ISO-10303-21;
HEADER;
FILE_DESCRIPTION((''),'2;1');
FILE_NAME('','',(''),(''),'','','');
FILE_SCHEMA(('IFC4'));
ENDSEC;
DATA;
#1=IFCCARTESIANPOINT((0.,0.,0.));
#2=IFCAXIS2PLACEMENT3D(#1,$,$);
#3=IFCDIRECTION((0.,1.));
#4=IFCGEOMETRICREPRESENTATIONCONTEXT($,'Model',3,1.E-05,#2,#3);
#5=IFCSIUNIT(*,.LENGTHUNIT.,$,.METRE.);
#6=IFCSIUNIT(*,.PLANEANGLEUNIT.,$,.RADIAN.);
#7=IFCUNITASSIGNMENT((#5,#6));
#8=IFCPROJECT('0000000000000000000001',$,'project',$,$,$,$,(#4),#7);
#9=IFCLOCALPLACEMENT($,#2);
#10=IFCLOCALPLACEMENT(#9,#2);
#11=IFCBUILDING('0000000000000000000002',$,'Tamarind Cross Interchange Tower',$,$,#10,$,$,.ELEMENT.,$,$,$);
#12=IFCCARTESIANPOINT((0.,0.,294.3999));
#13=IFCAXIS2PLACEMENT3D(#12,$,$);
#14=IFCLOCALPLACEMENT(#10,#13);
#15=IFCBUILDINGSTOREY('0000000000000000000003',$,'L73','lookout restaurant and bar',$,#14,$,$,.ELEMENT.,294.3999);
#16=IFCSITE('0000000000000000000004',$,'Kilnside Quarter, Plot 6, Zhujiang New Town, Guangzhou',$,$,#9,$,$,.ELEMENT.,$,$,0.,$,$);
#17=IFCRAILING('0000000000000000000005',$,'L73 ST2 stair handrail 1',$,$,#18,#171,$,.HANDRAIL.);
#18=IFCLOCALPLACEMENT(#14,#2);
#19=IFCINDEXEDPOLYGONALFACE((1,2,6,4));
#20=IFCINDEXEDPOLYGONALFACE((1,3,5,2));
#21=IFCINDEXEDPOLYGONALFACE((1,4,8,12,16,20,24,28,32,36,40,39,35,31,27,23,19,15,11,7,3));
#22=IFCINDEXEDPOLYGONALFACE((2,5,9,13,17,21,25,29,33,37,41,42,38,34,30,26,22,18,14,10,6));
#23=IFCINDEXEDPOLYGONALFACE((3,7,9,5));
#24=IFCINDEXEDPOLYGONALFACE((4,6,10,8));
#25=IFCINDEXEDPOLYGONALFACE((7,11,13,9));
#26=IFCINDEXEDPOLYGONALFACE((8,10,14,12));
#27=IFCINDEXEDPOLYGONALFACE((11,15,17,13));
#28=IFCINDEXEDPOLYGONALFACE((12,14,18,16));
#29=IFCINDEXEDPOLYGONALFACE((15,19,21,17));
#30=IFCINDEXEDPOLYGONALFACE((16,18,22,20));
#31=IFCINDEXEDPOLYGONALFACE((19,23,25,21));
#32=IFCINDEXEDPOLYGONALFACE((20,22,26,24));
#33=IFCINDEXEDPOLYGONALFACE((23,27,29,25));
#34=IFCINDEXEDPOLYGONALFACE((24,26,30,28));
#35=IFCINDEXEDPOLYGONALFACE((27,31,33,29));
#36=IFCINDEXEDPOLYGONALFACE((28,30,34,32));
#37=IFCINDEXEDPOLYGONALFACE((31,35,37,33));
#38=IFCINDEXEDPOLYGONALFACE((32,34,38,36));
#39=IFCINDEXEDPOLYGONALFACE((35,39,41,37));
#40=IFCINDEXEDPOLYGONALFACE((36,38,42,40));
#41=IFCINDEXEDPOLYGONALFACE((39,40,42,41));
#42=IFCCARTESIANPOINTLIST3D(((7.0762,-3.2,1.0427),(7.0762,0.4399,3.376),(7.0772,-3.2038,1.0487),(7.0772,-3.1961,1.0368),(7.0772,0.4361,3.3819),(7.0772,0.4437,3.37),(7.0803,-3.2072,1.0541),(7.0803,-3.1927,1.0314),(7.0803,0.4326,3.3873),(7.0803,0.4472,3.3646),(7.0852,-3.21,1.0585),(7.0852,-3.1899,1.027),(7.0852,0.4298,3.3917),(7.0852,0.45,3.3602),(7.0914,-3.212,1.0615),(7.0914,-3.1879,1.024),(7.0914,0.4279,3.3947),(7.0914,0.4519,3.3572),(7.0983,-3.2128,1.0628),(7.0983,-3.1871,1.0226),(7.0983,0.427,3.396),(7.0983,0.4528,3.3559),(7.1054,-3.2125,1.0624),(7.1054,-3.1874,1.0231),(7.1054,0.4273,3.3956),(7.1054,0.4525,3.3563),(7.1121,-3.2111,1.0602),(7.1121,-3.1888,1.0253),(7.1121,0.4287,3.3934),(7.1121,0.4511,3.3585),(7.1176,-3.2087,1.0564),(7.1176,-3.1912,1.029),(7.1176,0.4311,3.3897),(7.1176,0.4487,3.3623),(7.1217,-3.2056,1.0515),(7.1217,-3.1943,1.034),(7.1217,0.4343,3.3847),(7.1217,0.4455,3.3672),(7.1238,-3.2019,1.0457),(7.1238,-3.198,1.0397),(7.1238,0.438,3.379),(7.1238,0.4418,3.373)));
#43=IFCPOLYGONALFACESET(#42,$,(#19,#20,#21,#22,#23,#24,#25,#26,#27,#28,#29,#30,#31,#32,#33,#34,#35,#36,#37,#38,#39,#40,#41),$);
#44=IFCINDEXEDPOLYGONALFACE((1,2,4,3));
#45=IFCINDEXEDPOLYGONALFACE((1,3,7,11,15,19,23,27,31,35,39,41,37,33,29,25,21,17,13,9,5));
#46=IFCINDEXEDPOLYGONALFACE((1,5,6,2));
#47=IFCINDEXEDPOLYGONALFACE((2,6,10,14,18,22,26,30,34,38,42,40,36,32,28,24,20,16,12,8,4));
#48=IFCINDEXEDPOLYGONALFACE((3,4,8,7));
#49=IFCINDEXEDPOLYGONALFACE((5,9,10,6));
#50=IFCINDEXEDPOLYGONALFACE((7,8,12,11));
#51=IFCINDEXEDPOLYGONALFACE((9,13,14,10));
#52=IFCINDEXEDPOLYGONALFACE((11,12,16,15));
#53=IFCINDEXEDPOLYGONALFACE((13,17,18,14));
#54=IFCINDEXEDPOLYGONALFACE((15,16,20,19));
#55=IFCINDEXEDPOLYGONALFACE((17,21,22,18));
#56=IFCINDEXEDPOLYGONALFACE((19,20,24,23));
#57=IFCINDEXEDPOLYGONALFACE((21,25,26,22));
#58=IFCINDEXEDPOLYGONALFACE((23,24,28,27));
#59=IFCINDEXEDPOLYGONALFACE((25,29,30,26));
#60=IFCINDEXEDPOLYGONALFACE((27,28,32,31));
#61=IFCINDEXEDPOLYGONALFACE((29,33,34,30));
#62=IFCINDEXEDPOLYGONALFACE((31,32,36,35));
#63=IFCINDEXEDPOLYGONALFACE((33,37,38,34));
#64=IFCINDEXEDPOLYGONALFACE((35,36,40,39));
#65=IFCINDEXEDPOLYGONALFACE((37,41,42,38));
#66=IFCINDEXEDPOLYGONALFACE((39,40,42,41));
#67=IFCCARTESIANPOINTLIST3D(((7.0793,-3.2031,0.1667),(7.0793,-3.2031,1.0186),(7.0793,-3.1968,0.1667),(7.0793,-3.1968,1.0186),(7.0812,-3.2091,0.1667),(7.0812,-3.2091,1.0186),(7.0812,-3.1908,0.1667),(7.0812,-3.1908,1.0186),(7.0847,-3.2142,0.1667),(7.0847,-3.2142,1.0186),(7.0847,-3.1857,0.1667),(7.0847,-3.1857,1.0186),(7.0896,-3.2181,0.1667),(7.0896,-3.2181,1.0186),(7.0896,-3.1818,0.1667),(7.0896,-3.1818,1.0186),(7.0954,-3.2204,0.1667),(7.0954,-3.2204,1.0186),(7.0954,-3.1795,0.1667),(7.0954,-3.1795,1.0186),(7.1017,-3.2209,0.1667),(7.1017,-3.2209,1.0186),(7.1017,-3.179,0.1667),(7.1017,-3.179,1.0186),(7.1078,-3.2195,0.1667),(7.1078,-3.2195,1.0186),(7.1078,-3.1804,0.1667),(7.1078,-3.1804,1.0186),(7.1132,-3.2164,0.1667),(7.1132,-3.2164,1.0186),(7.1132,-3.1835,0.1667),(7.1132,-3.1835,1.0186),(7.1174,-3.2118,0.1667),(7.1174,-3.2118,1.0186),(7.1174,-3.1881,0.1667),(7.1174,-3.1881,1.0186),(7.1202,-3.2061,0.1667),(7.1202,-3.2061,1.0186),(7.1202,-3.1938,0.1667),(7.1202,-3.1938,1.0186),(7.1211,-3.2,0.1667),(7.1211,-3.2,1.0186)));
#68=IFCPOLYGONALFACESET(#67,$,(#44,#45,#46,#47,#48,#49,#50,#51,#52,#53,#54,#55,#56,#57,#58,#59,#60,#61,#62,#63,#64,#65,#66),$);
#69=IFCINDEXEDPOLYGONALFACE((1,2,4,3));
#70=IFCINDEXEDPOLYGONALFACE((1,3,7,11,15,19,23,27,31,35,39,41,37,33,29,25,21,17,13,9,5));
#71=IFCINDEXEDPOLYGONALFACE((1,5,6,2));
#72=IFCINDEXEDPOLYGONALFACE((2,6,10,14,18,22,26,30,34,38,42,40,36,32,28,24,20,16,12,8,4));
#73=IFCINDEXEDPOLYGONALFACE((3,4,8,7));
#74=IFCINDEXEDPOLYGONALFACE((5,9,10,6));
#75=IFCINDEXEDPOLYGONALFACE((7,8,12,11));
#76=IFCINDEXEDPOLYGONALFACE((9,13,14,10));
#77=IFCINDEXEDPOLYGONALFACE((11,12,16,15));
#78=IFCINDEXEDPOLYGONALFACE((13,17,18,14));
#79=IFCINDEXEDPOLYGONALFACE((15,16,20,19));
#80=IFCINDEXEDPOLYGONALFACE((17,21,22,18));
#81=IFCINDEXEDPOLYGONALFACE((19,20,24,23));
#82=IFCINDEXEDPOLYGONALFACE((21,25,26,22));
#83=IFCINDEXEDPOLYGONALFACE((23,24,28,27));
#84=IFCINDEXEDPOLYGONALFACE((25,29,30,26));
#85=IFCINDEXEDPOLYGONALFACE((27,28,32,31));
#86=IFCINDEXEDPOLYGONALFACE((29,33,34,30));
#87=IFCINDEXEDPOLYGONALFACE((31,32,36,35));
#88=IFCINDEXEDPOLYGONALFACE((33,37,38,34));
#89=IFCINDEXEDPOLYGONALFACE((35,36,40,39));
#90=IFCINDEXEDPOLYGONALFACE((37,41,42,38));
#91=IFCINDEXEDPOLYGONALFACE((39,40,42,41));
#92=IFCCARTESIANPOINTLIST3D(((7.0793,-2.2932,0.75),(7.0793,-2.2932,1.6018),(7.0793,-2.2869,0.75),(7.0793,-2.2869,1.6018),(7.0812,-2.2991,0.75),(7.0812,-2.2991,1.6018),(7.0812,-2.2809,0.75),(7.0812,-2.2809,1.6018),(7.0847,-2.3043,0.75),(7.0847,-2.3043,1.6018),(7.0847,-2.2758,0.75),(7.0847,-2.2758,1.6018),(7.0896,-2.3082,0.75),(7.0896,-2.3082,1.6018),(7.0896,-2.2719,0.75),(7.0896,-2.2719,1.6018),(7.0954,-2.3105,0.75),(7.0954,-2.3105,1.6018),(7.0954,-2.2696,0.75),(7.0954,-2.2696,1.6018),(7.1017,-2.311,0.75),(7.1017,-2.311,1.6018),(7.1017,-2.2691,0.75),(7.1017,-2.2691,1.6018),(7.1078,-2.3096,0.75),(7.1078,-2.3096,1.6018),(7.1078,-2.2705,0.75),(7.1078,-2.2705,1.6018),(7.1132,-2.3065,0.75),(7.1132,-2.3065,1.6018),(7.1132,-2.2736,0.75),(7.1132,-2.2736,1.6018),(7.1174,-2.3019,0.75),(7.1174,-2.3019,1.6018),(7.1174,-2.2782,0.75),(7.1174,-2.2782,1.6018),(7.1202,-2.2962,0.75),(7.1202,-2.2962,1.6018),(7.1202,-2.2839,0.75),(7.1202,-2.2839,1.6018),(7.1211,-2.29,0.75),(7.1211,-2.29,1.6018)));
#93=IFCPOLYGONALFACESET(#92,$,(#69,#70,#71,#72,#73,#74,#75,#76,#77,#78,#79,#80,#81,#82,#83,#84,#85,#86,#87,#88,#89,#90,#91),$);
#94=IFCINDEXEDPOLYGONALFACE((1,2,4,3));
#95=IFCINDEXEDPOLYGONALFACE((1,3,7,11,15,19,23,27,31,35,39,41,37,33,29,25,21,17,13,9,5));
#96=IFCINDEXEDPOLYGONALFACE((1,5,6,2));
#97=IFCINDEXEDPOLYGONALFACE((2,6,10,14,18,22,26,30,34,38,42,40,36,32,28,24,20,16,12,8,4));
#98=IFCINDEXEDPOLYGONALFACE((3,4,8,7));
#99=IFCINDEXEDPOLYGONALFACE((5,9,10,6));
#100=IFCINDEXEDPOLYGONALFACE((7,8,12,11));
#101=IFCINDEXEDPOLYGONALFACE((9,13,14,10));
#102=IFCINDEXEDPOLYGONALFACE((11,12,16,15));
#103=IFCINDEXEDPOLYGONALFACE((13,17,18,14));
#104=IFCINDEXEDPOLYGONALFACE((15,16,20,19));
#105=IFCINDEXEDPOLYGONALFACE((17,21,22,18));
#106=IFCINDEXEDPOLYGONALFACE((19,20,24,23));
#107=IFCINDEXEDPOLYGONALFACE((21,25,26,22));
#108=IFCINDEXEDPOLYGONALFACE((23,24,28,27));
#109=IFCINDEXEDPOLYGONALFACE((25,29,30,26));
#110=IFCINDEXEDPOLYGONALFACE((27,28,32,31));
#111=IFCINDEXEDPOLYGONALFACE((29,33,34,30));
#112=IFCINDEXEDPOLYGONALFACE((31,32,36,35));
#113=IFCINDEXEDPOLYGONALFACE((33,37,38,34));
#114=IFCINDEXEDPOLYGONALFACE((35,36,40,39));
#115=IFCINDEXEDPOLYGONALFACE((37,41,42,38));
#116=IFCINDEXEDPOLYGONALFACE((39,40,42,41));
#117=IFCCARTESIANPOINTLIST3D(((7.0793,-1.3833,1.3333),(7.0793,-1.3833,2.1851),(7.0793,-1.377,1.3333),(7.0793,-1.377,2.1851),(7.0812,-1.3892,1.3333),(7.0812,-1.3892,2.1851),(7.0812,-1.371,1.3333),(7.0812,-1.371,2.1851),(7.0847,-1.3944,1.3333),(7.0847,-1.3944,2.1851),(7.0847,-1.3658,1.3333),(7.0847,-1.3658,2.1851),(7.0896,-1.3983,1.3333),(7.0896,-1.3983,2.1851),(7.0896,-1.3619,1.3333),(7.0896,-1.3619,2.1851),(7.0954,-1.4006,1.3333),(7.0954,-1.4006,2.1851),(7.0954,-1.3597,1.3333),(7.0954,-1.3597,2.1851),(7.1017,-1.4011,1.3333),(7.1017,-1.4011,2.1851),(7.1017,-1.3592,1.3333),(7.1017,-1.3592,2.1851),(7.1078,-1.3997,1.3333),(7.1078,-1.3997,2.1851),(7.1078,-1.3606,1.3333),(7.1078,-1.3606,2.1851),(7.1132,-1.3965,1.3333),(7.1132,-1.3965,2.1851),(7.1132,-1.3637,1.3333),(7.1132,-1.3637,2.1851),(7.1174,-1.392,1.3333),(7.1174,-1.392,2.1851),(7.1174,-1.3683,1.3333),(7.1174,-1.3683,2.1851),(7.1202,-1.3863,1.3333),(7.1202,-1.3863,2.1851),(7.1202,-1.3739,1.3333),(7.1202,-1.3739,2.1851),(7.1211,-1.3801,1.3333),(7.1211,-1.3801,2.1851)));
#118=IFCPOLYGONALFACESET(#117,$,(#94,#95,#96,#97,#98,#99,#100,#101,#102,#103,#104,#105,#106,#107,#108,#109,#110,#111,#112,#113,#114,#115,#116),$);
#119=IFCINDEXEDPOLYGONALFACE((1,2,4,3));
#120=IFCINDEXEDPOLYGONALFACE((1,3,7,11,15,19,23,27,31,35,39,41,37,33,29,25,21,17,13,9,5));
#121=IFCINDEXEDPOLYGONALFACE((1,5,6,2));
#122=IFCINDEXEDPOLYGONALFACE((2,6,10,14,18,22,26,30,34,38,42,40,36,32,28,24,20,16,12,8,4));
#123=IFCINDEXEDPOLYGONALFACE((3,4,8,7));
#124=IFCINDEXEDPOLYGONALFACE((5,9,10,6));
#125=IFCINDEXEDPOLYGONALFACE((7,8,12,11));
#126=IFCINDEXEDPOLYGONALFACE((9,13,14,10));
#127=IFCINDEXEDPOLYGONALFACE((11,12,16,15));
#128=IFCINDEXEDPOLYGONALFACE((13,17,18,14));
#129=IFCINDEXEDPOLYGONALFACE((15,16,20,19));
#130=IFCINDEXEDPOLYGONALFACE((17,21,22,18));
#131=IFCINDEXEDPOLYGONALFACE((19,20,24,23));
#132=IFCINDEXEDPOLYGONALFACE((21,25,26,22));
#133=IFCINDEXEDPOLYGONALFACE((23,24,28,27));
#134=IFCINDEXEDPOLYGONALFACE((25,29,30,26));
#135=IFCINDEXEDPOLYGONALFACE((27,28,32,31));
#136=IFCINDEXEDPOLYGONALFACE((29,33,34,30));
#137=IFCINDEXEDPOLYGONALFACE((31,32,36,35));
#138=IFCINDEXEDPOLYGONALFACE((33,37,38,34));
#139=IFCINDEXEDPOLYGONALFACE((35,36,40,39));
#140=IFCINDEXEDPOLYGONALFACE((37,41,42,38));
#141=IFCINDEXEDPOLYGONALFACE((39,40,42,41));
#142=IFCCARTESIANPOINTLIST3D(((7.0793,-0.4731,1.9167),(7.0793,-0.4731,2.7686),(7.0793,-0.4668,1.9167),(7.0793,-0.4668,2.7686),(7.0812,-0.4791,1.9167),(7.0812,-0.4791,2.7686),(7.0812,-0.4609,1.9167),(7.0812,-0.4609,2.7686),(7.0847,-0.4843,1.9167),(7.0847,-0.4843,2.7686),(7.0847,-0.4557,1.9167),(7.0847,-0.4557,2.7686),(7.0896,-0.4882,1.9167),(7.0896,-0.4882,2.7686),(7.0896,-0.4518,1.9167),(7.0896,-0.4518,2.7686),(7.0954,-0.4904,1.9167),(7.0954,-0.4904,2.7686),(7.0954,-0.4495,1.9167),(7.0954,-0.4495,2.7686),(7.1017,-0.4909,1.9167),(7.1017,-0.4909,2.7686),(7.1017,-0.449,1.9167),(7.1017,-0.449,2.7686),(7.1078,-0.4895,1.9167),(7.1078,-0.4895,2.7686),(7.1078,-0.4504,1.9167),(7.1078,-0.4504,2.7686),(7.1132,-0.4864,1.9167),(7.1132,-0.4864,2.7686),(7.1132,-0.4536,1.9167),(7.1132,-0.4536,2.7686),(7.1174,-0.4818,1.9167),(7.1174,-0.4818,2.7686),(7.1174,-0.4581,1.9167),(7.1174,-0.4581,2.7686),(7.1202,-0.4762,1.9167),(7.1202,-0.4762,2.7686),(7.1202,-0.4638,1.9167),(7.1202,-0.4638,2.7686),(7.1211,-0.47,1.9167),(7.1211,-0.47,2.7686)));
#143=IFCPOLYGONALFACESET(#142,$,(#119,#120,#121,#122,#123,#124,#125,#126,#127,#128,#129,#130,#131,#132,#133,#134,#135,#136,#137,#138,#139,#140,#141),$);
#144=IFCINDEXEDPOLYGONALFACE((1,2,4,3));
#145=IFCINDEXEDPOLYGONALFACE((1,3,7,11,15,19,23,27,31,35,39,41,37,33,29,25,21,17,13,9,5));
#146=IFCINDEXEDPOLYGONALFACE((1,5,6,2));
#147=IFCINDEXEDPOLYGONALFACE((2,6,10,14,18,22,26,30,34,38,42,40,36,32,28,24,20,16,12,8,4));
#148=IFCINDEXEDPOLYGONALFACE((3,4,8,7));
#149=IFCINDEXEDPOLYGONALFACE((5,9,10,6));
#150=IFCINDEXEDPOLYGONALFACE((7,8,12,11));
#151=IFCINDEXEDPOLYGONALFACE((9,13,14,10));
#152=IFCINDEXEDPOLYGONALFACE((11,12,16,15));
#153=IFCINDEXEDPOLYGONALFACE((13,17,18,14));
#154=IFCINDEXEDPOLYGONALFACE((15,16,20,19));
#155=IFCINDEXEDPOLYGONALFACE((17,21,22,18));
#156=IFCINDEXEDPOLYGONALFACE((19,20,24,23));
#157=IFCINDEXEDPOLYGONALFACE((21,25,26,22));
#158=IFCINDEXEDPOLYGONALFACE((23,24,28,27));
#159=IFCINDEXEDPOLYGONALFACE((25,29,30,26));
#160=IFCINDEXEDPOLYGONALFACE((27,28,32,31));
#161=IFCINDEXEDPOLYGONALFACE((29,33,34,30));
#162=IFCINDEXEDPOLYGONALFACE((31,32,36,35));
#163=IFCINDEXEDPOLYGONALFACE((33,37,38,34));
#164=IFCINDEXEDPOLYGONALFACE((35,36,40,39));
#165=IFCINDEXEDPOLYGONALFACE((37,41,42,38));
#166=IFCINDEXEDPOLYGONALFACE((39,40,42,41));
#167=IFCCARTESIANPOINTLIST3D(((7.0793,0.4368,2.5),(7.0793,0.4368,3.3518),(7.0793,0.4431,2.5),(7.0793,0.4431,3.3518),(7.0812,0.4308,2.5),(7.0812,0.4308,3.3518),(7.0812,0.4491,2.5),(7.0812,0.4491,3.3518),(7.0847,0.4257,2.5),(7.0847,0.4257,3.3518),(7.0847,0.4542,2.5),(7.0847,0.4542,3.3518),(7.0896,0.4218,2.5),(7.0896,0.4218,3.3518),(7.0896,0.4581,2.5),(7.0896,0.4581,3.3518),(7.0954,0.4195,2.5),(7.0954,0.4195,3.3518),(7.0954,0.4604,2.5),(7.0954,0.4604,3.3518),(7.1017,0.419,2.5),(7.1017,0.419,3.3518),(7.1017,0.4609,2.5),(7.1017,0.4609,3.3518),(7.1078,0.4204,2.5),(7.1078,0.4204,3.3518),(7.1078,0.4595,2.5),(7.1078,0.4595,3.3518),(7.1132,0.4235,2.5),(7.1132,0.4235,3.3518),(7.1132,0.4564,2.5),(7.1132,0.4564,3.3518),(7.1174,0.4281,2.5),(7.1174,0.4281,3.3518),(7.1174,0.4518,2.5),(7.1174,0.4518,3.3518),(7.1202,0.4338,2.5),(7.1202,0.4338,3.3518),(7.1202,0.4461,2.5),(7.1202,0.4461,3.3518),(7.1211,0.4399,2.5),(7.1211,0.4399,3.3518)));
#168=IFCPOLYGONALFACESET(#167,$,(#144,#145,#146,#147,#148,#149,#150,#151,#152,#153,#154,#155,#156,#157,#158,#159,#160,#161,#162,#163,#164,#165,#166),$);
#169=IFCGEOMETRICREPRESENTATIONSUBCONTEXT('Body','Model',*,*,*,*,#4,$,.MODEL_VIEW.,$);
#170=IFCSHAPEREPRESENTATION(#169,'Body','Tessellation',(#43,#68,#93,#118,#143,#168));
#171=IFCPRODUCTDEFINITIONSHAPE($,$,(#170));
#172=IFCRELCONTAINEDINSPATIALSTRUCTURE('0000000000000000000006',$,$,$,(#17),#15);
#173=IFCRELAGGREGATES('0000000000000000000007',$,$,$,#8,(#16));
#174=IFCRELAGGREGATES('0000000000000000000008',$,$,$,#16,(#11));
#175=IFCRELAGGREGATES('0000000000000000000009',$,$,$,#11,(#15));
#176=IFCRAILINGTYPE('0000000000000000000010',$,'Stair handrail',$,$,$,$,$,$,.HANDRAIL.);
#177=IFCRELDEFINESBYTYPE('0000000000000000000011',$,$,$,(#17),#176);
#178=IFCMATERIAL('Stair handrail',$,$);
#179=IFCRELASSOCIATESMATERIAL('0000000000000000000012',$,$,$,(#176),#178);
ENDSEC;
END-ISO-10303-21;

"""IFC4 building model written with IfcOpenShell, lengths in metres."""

from ifc_helpers import new_model, si_unit, direction, frame, origin, origin_2d, place, context, subcontext, project, spatial, circle, extrude, material, type_object, element, save


model = new_model("IFC4")

# Units and contexts
model_context = context("Model", 3, precision=1e-05, world=origin(), true_north=direction((0.0, 1.0)))
body_context = subcontext(model_context, "Body", "Model", "MODEL_VIEW")
ifc_project = project(units=[si_unit("LENGTHUNIT", "METRE"), si_unit("PLANEANGLEUNIT", "RADIAN")], contexts=[model_context])

# Site, building, storey
site_placement = place(None, origin())
site = spatial("IfcSite", under=ifc_project, at=site_placement, Name="Kilnside Quarter, Plot 6, Zhujiang New Town, Guangzhou", CompositionType="ELEMENT", RefElevation=0.0)
building_placement = place(site_placement, origin())
building = spatial("IfcBuilding", under=site, at=building_placement, Name="Tamarind Cross Interchange Tower", CompositionType="ELEMENT")
storey_placement = place(building_placement, frame((0.0, 0.0, 294.3999)))
storey = spatial("IfcBuildingStorey", under=building, at=storey_placement, Name="L73", Description="lookout restaurant and bar", CompositionType="ELEMENT", Elevation=294.3999)

# Railing
ifc_material_1 = material(Name="Stair handrail")
railing_type_1 = type_object("IfcRailingType", Name="Stair handrail", PredefinedType="HANDRAIL", material=ifc_material_1)
railing_1_placement = place(storey_placement, frame((7.1001, -3.2, 0.1667)))
element("IfcRailing", 1, at=railing_1_placement, inside=storey, type_object=railing_type_1, Name="L73 ST2 stair handrail 1", PredefinedType="HANDRAIL", context=body_context, shape_type="SweptSolid", body=[
    extrude(circle(Radius=0.0239, at=origin_2d()), frame((0.0, 0.0, 0.876), z_axis=(0.0, 0.84188, 0.539664), x_axis=(-1.0, 0.0, 0.0)), (0.0, 0.0, 1.0), 4.3235),
    extrude(circle(Radius=0.021, at=origin_2d()), origin(), (0.0, 0.0, 1.0), 0.8518),
    extrude(circle(Radius=0.021, at=origin_2d()), frame((0.0, 0.9099, 0.5833)), (0.0, 0.0, 1.0), 0.8518),
    extrude(circle(Radius=0.021, at=origin_2d()), frame((0.0, 1.8198, 1.1665)), (0.0, 0.0, 1.0), 0.8518),
    extrude(circle(Radius=0.021, at=origin_2d()), frame((0.0, 2.73, 1.75)), (0.0, 0.0, 1.0), 0.8518),
    extrude(circle(Radius=0.021, at=origin_2d()), frame((0.0, 3.6399, 2.3333)), (0.0, 0.0, 1.0), 0.8518),
])

save(model, "model.ifc")
